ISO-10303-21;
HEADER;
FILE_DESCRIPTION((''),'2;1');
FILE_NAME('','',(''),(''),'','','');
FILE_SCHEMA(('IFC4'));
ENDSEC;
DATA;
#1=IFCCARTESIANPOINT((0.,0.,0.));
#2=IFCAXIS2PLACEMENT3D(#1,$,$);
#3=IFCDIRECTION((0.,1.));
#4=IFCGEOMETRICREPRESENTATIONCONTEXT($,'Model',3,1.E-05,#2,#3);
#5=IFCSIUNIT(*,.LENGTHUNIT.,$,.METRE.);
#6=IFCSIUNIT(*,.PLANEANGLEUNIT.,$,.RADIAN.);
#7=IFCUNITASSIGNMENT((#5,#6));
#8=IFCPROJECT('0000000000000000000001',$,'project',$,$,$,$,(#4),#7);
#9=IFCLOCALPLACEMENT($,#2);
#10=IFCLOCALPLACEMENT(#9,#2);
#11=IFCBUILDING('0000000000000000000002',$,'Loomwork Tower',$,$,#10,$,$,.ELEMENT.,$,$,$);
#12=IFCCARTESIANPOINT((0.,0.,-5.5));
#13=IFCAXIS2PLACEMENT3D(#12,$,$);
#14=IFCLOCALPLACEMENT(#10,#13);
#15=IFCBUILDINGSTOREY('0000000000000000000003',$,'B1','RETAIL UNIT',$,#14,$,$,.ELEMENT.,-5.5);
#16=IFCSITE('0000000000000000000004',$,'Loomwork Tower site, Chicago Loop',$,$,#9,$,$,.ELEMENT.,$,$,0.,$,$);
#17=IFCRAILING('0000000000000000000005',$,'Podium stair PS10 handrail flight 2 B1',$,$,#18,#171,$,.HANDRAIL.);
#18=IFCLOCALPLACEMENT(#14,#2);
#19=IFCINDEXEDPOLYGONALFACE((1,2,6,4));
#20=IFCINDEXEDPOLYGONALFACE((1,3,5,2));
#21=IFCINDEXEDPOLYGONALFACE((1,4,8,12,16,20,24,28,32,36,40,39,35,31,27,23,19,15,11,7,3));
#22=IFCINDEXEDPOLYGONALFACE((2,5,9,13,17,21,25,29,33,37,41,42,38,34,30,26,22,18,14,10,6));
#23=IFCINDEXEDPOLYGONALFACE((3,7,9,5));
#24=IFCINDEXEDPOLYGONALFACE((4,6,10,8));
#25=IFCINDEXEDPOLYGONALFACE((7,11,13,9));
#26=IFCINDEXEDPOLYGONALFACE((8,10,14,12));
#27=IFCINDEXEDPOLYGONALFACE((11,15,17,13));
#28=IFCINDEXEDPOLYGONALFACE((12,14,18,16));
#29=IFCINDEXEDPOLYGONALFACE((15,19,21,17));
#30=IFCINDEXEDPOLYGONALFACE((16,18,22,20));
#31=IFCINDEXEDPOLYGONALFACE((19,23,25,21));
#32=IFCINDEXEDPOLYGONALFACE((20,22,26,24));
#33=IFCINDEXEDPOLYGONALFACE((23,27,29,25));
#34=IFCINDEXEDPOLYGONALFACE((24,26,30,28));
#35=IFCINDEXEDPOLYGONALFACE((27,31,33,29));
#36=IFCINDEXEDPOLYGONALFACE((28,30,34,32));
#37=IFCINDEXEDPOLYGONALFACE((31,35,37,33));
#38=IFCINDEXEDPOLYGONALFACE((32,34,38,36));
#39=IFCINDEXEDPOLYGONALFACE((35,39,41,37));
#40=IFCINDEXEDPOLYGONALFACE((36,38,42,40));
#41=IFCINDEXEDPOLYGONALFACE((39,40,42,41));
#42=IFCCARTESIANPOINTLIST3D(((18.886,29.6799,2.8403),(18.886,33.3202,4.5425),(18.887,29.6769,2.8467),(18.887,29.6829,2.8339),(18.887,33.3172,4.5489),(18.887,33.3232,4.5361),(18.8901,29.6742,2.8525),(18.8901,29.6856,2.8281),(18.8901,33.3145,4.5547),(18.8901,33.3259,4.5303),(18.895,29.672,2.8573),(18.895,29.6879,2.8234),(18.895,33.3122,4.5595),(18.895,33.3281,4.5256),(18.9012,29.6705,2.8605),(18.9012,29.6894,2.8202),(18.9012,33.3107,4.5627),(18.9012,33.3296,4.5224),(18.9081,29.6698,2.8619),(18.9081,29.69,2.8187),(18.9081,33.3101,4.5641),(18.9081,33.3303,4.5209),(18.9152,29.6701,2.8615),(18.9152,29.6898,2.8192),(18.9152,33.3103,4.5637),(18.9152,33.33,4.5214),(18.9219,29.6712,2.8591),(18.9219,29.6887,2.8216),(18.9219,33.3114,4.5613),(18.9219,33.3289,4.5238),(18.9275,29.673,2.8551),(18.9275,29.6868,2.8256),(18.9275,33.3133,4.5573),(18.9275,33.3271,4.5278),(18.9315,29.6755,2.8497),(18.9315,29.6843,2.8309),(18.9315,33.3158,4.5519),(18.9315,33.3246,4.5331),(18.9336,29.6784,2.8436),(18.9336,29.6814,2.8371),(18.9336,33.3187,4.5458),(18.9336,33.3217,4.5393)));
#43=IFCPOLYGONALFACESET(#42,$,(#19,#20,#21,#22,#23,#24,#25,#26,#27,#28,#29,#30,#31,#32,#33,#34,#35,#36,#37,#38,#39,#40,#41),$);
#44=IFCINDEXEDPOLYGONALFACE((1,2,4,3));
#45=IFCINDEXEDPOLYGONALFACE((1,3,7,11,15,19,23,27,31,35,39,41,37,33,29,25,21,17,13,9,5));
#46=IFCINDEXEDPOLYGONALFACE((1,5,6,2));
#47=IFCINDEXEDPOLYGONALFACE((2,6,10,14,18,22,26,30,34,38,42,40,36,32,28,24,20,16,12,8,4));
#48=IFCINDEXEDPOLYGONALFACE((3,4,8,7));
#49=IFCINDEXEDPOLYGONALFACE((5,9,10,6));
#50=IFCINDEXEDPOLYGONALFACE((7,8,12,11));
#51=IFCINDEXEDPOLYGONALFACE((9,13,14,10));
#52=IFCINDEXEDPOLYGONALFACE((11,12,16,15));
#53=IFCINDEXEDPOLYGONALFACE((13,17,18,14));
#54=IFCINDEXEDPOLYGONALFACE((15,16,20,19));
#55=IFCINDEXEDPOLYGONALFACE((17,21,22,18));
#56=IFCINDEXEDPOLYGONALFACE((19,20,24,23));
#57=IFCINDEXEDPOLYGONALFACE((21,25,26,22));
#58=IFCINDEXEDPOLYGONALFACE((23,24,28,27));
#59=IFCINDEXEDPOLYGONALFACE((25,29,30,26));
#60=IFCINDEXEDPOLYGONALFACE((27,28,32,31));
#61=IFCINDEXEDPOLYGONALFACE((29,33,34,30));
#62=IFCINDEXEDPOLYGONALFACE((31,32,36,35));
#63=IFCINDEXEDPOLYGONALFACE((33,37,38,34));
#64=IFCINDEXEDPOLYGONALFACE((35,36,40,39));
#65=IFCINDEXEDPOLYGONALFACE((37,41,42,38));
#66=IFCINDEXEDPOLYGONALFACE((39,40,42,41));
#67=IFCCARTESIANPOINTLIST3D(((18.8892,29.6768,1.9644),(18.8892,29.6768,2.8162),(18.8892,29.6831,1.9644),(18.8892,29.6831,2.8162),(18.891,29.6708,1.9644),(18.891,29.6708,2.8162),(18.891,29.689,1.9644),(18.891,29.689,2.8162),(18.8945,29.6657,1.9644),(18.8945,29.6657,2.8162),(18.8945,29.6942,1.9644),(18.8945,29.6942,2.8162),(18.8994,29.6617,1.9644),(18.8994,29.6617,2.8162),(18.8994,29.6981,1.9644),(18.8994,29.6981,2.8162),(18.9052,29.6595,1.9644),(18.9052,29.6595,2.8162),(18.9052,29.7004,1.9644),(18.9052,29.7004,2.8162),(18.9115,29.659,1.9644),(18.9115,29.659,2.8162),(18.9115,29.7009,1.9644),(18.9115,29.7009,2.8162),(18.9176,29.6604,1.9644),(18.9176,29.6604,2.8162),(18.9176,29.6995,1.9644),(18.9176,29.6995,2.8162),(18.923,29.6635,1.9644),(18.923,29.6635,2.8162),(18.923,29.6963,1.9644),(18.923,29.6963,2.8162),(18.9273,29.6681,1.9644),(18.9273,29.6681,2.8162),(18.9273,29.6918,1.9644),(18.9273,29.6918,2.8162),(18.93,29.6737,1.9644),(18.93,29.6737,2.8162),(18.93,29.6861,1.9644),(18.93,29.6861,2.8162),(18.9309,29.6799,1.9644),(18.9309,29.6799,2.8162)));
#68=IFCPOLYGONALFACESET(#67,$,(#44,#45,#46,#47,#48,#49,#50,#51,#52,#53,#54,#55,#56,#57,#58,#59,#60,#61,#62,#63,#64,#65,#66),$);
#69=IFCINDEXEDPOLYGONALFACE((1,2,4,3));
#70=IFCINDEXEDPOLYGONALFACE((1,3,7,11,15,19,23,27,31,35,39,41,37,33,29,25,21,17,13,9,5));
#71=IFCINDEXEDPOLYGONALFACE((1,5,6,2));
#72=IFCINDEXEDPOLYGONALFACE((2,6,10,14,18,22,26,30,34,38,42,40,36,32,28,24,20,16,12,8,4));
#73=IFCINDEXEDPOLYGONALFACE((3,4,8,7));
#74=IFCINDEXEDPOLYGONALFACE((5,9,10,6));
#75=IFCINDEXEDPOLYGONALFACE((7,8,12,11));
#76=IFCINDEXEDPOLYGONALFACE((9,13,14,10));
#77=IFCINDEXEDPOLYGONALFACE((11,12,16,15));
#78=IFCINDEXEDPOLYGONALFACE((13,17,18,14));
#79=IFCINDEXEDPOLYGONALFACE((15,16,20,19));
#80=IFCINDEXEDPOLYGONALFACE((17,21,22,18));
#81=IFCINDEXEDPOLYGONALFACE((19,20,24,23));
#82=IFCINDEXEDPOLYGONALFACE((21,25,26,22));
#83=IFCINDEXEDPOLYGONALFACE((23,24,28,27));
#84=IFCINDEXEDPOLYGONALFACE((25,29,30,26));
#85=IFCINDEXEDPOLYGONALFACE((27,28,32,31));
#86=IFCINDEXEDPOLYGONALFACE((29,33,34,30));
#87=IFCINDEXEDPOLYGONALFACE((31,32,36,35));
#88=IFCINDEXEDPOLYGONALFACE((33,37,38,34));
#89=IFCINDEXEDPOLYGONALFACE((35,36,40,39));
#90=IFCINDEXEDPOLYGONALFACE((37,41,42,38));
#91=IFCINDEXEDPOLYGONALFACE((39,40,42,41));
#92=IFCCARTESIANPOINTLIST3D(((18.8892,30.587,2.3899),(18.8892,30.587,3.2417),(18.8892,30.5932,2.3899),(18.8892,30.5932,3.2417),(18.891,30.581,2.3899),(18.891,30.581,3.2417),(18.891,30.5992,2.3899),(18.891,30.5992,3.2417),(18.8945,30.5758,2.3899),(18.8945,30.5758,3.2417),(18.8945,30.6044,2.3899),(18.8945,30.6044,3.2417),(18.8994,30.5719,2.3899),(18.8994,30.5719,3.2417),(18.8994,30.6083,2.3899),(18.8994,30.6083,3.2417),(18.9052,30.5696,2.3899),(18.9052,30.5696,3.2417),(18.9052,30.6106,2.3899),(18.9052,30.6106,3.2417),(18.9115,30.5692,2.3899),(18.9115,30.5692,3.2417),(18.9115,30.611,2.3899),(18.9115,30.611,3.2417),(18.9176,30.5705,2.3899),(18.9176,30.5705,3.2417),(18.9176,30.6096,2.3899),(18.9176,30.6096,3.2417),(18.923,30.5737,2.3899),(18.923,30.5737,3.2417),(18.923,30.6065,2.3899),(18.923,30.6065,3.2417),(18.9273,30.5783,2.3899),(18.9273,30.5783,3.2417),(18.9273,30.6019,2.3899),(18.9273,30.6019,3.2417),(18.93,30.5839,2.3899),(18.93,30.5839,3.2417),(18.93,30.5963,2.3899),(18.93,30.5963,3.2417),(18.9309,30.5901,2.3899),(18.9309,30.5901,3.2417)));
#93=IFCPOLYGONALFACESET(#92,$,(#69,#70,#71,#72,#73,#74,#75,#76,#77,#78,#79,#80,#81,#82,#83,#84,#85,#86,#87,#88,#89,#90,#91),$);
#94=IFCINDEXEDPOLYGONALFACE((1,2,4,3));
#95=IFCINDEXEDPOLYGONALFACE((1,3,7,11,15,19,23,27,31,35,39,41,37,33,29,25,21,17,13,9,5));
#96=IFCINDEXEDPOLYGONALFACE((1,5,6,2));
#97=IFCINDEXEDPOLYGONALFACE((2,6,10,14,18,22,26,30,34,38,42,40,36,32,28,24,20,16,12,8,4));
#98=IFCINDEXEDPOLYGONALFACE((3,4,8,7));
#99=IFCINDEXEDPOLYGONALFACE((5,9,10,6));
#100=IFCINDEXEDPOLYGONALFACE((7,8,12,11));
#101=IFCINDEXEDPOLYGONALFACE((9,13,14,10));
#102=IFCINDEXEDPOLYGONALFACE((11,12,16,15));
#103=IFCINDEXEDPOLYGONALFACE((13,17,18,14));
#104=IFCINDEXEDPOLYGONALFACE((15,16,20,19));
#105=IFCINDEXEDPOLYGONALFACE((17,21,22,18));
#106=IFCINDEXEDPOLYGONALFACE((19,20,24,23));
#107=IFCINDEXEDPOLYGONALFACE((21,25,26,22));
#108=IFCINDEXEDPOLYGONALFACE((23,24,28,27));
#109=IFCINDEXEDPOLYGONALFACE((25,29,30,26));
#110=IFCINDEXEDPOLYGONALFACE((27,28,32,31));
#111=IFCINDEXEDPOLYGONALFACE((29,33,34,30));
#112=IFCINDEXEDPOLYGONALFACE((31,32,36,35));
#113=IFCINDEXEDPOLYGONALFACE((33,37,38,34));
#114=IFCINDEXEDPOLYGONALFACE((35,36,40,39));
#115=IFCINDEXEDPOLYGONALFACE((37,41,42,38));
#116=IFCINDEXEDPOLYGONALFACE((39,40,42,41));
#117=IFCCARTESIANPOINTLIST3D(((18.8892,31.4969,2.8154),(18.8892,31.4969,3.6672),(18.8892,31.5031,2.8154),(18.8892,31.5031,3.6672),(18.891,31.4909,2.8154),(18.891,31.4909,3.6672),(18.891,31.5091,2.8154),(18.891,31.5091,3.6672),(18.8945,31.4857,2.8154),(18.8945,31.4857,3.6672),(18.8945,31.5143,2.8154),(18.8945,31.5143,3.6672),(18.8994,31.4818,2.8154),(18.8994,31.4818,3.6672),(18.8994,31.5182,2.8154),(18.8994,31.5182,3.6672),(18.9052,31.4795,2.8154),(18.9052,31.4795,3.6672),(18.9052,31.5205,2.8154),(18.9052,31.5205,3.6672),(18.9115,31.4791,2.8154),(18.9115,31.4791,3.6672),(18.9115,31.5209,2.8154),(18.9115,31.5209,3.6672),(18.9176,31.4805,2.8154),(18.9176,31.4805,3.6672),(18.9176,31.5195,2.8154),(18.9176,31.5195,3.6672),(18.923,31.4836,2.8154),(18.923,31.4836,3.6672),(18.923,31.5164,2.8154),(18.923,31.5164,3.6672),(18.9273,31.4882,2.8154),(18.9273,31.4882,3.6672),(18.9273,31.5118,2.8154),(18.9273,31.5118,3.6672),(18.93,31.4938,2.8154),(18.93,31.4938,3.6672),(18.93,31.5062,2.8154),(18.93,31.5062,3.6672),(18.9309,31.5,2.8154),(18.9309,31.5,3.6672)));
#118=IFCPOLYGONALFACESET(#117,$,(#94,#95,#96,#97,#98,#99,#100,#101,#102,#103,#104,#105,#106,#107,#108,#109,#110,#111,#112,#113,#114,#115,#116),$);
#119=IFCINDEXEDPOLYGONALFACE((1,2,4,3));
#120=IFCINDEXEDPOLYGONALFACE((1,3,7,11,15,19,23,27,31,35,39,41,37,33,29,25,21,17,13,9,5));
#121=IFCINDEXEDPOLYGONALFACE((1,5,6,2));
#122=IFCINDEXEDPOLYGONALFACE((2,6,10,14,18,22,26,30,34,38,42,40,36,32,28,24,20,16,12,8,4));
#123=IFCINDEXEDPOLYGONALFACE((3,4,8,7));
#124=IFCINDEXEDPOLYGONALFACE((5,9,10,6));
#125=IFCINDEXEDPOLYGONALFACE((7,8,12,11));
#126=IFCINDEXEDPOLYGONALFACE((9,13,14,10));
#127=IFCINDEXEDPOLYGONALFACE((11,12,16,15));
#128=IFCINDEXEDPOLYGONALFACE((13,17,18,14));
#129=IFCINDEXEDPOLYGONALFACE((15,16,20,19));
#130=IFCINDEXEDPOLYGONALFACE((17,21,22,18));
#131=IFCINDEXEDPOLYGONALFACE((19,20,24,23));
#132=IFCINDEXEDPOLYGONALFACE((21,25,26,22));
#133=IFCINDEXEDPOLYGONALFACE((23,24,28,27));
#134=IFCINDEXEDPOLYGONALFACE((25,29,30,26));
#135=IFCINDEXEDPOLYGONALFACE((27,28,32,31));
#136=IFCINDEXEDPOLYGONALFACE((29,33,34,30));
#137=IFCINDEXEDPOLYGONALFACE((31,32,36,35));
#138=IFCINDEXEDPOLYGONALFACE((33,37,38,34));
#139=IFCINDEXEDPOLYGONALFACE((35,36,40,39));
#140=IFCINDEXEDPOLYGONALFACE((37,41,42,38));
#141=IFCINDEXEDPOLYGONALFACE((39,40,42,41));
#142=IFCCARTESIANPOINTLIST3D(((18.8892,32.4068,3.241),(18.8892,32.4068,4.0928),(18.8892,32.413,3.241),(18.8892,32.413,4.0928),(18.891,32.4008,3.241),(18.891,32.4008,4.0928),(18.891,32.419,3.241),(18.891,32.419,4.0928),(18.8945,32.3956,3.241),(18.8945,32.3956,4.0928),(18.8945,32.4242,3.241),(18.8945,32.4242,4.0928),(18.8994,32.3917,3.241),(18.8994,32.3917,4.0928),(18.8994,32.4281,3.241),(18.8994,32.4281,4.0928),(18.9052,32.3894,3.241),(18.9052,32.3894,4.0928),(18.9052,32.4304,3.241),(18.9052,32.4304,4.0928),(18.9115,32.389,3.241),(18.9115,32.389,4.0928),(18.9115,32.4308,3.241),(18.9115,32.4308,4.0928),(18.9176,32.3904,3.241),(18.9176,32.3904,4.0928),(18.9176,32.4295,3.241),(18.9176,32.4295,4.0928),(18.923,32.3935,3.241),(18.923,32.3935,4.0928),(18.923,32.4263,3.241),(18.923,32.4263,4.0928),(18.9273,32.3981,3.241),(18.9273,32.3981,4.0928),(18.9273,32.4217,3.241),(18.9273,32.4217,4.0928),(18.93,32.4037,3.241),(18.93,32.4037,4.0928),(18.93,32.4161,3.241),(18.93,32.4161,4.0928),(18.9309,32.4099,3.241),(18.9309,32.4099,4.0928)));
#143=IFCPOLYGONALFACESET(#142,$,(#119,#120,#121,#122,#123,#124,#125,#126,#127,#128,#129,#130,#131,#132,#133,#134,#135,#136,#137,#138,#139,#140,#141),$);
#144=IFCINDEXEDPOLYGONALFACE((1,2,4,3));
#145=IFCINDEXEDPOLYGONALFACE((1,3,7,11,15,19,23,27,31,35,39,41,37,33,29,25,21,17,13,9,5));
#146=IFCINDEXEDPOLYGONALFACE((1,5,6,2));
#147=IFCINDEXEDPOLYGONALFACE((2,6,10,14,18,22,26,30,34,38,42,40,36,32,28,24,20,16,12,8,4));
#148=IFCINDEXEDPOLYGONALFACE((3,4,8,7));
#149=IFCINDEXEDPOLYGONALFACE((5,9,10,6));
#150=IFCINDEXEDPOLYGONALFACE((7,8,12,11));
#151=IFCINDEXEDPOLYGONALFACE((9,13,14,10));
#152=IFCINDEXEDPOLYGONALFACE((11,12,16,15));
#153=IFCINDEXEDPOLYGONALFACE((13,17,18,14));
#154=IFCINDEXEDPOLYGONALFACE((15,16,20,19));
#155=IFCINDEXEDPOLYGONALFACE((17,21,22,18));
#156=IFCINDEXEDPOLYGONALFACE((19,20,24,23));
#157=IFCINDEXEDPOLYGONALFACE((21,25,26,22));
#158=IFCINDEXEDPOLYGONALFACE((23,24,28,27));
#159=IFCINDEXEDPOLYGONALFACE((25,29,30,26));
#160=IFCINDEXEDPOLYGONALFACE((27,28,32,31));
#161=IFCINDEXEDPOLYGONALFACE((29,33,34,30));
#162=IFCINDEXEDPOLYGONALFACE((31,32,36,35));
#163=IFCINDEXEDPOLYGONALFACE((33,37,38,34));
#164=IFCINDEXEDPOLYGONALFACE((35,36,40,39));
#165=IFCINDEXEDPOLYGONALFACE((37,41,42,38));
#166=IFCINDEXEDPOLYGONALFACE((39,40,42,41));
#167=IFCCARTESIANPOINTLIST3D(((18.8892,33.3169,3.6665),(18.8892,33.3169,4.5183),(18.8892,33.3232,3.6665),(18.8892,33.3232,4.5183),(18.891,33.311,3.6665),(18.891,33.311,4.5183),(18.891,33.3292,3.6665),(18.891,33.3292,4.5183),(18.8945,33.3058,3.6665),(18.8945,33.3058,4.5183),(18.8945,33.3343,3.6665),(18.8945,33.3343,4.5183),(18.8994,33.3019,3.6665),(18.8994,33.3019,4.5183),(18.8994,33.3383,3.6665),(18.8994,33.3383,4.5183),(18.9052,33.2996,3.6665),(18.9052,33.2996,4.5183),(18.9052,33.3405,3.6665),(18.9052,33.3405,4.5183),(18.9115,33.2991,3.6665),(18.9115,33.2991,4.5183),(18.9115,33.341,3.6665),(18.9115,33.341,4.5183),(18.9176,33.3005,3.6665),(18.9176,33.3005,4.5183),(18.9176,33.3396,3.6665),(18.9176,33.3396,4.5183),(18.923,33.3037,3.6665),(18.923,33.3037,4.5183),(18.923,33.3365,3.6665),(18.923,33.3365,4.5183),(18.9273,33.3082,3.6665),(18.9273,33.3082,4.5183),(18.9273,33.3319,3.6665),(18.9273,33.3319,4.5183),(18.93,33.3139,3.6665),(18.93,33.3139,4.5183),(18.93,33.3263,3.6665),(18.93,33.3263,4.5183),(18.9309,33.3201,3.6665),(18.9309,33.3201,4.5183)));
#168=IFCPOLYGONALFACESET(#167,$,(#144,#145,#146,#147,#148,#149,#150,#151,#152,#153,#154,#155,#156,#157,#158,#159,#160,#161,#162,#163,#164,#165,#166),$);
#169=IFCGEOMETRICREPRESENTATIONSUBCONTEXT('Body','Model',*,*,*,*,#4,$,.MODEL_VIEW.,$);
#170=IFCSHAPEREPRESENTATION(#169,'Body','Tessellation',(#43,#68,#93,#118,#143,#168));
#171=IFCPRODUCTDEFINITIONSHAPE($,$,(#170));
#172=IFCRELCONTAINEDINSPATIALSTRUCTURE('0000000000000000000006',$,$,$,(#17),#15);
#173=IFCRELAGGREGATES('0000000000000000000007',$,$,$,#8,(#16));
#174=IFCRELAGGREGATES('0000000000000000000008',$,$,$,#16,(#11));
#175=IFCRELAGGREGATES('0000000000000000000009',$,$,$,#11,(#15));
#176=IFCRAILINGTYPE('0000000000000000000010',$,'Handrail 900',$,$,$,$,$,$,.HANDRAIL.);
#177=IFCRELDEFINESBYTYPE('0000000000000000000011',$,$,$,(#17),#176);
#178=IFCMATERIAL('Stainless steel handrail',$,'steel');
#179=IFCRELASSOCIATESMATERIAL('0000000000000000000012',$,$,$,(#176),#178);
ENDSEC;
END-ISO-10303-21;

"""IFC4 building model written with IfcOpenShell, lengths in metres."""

from ifc_helpers import new_model, si_unit, direction, frame, origin, origin_2d, place, context, subcontext, project, spatial, circle, extrude, material, type_object, element, save


model = new_model("IFC4")

# Units and contexts
model_context = context("Model", 3, precision=1e-05, world=origin(), true_north=direction((0.0, 1.0)))
body_context = subcontext(model_context, "Body", "Model", "MODEL_VIEW")
ifc_project = project(units=[si_unit("LENGTHUNIT", "METRE"), si_unit("PLANEANGLEUNIT", "RADIAN")], contexts=[model_context])

# Site, building, storey
site_placement = place(None, origin())
site = spatial("IfcSite", under=ifc_project, at=site_placement, Name="Loomwork Tower site, Chicago Loop", CompositionType="ELEMENT", RefElevation=0.0)
building_placement = place(site_placement, origin())
building = spatial("IfcBuilding", under=site, at=building_placement, Name="Loomwork Tower", CompositionType="ELEMENT")
storey_placement = place(building_placement, frame((0.0, 0.0, -5.5)))
storey = spatial("IfcBuildingStorey", under=building, at=storey_placement, Name="B1", Description="RETAIL UNIT", CompositionType="ELEMENT", Elevation=-5.5)

# Railing
ifc_material_1 = material(Name="Stainless steel handrail", Category="steel")
railing_type = type_object("IfcRailingType", Name="Handrail 900", PredefinedType="HANDRAIL", material=ifc_material_1)
railing_1_placement = place(storey_placement, frame((18.9099, 29.6799, 1.9644)))
element("IfcRailing", 1, at=railing_1_placement, inside=storey, type_object=railing_type, Name="Podium stair PS10 handrail flight 2 B1", PredefinedType="HANDRAIL", context=body_context, shape_type="SweptSolid", body=[
    extrude(circle(Radius=0.0239, at=origin_2d()), frame((0.0, 0.0, 0.876), z_axis=(0.0, 0.905857, 0.423584), x_axis=(-1.0, 0.0, 0.0)), (0.0, 0.0, 1.0), 4.0186),
    extrude(circle(Radius=0.021, at=origin_2d()), origin(), (0.0, 0.0, 1.0), 0.8518),
    extrude(circle(Radius=0.021, at=origin_2d()), frame((0.0, 0.9102, 0.4255)), (0.0, 0.0, 1.0), 0.8518),
    extrude(circle(Radius=0.021, at=origin_2d()), frame((0.0, 1.8201, 0.8511)), (0.0, 0.0, 1.0), 0.8518),
    extrude(circle(Radius=0.021, at=origin_2d()), frame((0.0, 2.73, 1.2766)), (0.0, 0.0, 1.0), 0.8518),
    extrude(circle(Radius=0.021, at=origin_2d()), frame((0.0, 3.6401, 1.7021)), (0.0, 0.0, 1.0), 0.8518),
])

save(model, "model.ifc")
